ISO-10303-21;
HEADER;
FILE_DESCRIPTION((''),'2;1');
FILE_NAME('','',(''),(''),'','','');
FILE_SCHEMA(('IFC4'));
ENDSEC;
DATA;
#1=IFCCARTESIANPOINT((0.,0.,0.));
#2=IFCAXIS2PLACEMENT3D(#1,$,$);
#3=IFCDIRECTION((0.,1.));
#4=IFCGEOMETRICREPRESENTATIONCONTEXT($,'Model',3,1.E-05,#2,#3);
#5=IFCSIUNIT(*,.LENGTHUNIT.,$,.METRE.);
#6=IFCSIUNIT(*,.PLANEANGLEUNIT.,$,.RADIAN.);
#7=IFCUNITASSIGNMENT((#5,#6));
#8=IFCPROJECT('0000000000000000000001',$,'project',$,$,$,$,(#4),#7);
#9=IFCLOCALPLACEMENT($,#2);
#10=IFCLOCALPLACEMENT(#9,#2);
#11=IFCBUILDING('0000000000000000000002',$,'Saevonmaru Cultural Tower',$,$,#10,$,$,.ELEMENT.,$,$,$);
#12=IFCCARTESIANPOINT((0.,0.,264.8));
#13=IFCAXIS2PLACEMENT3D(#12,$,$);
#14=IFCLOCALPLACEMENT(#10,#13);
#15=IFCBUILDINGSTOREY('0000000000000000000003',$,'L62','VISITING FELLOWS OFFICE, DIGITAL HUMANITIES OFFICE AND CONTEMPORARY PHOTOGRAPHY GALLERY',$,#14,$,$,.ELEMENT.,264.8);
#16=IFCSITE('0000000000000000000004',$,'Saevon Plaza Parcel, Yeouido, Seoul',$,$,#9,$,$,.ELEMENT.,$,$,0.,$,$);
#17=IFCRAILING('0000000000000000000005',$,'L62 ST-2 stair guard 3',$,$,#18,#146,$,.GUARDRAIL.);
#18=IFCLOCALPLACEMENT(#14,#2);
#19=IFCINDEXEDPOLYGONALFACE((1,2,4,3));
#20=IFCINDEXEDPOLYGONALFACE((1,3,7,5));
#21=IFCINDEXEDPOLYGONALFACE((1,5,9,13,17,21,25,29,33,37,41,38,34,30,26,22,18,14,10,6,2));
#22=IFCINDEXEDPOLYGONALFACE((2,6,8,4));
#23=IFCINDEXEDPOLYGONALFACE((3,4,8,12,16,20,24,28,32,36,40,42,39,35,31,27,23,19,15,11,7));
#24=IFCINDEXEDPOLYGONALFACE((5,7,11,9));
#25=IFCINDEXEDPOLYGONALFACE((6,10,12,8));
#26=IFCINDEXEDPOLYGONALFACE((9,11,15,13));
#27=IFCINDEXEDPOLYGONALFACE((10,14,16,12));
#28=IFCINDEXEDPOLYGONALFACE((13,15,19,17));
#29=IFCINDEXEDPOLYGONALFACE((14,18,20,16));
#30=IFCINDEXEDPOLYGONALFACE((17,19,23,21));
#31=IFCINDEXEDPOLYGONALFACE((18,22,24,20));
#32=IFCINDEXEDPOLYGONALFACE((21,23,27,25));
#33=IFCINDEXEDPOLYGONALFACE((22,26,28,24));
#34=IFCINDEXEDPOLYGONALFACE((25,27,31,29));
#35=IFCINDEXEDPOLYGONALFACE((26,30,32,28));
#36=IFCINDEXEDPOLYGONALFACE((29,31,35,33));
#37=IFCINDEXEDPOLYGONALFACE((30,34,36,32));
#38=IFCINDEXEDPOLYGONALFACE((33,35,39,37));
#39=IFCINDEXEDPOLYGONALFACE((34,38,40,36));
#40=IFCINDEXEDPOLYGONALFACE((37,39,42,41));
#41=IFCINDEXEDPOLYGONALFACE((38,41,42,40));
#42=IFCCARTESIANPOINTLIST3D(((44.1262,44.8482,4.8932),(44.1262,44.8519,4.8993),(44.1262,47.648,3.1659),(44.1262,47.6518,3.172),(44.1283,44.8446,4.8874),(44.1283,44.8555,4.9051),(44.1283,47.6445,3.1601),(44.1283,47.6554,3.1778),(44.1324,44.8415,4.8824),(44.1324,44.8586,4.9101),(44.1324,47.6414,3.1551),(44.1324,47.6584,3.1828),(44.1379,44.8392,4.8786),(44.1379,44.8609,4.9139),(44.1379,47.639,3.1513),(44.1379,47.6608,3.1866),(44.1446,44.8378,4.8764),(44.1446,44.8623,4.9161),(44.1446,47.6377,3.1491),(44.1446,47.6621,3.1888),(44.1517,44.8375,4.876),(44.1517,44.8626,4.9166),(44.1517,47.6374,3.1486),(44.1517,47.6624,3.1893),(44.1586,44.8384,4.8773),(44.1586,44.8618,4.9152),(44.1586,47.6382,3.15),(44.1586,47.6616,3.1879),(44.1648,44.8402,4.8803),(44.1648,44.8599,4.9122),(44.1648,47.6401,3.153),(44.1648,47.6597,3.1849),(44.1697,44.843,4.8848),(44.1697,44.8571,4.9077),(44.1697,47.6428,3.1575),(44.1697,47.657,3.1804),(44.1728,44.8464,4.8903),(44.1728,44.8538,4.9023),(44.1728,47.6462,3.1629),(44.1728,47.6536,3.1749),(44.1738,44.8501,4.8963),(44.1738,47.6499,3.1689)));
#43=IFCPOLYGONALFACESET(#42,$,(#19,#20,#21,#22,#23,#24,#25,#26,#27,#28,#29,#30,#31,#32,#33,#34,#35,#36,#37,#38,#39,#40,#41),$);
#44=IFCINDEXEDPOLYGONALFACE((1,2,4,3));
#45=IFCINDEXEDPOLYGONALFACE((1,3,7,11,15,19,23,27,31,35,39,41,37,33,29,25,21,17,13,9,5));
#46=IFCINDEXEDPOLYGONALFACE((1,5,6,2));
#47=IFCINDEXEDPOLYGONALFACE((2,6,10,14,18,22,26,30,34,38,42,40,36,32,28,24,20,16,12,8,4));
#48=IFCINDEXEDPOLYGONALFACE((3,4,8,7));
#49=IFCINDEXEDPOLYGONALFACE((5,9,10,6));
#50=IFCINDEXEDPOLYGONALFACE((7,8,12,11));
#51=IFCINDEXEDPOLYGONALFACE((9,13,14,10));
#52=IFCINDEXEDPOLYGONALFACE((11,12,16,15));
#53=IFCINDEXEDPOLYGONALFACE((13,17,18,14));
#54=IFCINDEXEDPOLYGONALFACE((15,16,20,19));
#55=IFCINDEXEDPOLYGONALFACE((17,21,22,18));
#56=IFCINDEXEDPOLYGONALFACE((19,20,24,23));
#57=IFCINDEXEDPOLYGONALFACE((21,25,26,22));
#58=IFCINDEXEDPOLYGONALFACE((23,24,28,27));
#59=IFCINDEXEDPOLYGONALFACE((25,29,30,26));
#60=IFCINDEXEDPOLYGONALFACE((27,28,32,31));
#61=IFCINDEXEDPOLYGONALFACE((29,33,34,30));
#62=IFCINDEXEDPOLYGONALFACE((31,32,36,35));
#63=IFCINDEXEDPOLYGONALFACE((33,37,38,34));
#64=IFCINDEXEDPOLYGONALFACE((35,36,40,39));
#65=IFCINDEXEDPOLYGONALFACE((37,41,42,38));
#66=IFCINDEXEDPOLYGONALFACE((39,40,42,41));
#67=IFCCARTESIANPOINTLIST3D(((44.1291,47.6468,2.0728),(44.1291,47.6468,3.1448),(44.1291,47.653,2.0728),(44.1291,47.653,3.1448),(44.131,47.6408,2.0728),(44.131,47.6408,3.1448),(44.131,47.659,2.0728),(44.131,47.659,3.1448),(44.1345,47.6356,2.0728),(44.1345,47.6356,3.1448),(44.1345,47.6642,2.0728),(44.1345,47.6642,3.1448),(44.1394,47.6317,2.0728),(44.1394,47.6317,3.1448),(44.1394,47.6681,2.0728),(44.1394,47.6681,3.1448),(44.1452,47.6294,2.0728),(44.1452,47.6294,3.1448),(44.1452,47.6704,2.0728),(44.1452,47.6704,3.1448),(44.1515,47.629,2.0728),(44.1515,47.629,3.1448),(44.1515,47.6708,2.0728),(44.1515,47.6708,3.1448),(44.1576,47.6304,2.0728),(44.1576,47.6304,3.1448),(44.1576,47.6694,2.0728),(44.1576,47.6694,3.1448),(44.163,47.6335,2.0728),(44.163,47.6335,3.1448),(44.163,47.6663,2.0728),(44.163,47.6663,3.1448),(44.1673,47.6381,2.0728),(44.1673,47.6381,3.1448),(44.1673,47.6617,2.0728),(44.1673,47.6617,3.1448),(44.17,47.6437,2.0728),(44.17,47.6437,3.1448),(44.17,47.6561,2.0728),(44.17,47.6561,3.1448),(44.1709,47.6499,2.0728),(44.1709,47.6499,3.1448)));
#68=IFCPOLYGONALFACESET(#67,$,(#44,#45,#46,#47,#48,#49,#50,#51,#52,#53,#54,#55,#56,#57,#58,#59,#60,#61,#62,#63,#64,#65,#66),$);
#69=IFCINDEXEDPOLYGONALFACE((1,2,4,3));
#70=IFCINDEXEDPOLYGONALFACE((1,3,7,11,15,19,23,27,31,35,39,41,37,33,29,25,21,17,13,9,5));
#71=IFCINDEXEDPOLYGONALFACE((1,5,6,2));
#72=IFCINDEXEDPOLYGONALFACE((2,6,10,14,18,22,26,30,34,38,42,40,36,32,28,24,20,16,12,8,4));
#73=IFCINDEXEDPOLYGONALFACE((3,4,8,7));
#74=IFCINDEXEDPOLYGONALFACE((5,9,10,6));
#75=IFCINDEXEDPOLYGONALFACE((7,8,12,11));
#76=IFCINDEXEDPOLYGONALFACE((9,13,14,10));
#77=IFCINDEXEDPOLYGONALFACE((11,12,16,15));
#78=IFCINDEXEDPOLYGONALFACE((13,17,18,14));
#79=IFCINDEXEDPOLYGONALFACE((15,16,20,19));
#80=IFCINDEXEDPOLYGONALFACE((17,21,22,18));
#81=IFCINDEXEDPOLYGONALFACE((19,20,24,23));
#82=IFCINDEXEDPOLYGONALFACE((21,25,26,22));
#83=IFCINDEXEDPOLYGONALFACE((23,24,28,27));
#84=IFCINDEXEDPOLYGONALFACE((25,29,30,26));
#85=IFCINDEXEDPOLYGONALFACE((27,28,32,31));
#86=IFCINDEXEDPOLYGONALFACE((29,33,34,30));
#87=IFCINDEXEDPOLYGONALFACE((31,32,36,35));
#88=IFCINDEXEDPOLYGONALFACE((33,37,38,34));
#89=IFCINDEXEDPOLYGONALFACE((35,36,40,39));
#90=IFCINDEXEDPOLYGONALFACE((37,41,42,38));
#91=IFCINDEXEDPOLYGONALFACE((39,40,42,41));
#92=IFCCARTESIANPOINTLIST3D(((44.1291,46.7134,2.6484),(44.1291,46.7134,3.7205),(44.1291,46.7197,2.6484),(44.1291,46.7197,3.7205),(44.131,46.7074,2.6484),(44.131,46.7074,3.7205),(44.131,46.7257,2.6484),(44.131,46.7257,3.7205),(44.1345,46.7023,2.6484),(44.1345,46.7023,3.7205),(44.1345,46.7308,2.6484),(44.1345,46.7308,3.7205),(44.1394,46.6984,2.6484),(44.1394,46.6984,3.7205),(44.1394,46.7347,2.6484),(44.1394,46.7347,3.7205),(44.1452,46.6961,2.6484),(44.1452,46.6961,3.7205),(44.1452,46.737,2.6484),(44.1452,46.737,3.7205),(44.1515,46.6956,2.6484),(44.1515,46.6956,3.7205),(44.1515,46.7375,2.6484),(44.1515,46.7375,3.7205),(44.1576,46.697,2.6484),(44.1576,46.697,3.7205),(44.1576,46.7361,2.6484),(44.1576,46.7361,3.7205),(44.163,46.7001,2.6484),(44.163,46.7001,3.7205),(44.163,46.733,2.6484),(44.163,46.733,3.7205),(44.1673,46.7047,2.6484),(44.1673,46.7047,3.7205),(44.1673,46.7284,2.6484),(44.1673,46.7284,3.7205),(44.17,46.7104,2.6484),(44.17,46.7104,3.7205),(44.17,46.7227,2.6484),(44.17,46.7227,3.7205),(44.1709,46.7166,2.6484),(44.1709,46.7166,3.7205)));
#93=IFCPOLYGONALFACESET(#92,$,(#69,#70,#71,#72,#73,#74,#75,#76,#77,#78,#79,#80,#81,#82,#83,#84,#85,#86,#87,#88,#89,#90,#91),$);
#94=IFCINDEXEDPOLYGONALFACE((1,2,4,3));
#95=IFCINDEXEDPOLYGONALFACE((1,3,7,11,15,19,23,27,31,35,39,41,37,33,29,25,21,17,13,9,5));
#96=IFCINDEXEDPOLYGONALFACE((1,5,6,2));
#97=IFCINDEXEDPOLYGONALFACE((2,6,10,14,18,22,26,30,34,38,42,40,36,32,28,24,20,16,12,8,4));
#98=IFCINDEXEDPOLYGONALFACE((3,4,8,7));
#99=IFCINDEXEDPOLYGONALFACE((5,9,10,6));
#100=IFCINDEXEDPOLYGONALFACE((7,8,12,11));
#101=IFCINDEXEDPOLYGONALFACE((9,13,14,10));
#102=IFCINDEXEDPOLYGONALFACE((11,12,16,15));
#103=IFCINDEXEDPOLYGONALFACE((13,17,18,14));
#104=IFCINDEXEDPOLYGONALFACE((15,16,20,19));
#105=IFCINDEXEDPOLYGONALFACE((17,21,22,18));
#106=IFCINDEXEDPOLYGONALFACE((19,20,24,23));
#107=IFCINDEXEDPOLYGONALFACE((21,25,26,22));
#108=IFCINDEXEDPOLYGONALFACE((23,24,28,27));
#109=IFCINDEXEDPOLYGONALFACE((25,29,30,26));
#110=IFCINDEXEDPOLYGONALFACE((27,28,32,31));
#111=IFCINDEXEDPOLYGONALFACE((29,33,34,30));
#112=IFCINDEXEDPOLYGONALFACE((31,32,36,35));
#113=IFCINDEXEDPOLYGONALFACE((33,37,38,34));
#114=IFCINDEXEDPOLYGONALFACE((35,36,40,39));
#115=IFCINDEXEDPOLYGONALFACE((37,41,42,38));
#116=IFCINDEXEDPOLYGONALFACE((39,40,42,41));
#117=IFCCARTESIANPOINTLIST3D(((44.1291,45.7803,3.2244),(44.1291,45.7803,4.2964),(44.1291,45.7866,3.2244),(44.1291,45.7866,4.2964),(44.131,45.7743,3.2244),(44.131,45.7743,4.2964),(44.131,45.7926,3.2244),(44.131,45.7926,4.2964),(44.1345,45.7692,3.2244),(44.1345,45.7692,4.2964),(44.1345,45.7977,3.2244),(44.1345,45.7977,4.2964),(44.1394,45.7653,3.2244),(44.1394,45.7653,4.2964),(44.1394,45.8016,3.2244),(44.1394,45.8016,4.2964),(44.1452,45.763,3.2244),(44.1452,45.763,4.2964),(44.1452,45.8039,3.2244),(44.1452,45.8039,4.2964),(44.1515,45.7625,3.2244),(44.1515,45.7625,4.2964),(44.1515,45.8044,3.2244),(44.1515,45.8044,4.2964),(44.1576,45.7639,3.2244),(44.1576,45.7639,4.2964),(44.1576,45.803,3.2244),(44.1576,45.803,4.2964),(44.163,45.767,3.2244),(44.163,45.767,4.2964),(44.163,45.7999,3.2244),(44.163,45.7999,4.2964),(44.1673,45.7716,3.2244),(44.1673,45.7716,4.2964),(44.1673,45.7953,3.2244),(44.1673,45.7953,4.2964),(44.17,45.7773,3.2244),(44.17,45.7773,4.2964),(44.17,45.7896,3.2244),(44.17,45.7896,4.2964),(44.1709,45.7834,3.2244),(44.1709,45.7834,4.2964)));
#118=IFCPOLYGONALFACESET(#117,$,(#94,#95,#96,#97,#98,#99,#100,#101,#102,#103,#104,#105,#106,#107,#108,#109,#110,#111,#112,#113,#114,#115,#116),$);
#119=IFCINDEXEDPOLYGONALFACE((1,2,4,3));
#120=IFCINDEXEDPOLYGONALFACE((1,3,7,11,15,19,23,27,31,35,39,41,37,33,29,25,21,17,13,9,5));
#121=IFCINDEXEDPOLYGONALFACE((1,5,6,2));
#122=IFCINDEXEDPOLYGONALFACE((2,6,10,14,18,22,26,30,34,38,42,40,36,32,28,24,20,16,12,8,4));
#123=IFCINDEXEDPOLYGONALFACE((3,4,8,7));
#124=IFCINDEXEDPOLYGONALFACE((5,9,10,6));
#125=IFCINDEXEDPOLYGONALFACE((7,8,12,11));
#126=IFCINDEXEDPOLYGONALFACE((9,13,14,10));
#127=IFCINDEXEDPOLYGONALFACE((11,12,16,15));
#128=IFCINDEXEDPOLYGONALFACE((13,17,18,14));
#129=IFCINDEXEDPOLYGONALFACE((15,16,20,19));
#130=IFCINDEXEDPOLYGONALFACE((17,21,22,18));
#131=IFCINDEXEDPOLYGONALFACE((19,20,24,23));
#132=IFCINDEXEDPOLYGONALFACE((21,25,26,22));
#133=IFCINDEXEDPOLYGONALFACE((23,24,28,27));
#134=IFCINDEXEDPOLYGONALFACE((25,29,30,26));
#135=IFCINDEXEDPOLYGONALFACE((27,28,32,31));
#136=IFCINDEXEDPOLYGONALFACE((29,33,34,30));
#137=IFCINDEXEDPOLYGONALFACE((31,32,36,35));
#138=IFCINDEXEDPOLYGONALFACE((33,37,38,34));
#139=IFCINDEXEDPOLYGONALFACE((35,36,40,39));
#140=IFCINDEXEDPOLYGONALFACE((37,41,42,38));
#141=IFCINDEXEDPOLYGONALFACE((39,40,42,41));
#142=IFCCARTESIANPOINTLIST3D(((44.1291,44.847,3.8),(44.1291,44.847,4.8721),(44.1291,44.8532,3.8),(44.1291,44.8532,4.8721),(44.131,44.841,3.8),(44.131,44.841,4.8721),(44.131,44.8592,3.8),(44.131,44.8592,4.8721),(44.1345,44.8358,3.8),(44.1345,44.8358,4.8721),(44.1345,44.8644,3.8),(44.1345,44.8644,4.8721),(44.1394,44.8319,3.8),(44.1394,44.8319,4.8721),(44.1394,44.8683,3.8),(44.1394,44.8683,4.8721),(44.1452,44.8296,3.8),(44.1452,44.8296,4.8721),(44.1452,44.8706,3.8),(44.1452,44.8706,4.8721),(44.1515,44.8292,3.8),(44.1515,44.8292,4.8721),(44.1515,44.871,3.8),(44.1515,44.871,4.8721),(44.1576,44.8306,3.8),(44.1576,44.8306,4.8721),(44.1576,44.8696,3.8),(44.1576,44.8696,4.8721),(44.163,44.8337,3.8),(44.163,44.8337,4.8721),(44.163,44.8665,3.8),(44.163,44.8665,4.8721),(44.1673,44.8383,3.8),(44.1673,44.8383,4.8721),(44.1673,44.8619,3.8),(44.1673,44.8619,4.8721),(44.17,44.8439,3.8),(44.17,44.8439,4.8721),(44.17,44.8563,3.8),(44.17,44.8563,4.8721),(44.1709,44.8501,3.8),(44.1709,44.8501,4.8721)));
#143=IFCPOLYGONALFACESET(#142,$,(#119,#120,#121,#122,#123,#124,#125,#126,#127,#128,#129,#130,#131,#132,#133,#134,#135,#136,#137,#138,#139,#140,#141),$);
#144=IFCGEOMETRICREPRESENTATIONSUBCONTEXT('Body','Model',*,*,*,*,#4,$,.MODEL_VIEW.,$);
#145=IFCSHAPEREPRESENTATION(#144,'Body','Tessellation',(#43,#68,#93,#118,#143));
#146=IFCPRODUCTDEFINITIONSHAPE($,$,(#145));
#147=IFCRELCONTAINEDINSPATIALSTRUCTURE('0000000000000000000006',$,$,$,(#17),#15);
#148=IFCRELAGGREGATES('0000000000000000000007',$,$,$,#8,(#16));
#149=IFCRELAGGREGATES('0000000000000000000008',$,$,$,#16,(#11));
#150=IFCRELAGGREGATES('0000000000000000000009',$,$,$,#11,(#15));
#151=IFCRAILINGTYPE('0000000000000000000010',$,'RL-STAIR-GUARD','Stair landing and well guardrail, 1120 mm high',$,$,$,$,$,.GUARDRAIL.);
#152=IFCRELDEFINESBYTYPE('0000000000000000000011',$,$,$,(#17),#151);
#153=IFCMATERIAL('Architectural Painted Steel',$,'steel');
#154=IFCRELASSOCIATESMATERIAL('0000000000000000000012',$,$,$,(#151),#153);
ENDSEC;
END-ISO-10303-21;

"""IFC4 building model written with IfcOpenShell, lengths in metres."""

from ifc_helpers import new_model, si_unit, direction, frame, origin, origin_2d, place, context, subcontext, project, spatial, circle, extrude, material, type_object, element, save


model = new_model("IFC4")

# Units and contexts
model_context = context("Model", 3, precision=1e-05, world=origin(), true_north=direction((0.0, 1.0)))
body_context = subcontext(model_context, "Body", "Model", "MODEL_VIEW")
ifc_project = project(units=[si_unit("LENGTHUNIT", "METRE"), si_unit("PLANEANGLEUNIT", "RADIAN")], contexts=[model_context])

# Site, building, storey
site_placement = place(None, origin())
site = spatial("IfcSite", under=ifc_project, at=site_placement, Name="Saevon Plaza Parcel, Yeouido, Seoul", CompositionType="ELEMENT", RefElevation=0.0)
building_placement = place(site_placement, origin())
building = spatial("IfcBuilding", under=site, at=building_placement, Name="Saevonmaru Cultural Tower", CompositionType="ELEMENT")
storey_placement = place(building_placement, frame((0.0, 0.0, 264.8)))
storey = spatial("IfcBuildingStorey", under=building, at=storey_placement, Name="L62", Description="VISITING FELLOWS OFFICE, DIGITAL HUMANITIES OFFICE AND CONTEMPORARY PHOTOGRAPHY GALLERY", CompositionType="ELEMENT", Elevation=264.8)

# Railing
ifc_material_1 = material(Name="Architectural Painted Steel", Category="steel")
railing_type_1 = type_object("IfcRailingType", Name="RL-STAIR-GUARD", Description="Stair landing and well guardrail, 1120 mm high", PredefinedType="GUARDRAIL", material=ifc_material_1)
railing_1_placement = place(storey_placement, frame((44.1499, 47.6499, 2.0728)))
element("IfcRailing", 1, at=railing_1_placement, inside=storey, type_object=railing_type_1, Name="L62 ST-2 stair guard 3", PredefinedType="GUARDRAIL", context=body_context, shape_type="SweptSolid", body=[
    extrude(circle(Radius=0.0239, at=origin_2d()), frame((0.0, 0.0, 1.0962), z_axis=(0.0, -0.851069, 0.525054), x_axis=(1.0, 0.0, 0.0)), (0.0, 0.0, 1.0), 3.2898),
    extrude(circle(Radius=0.021, at=origin_2d()), origin(), (0.0, 0.0, 1.0), 1.072),
    extrude(circle(Radius=0.021, at=origin_2d()), frame((0.0, -0.9333, 0.5757)), (0.0, 0.0, 1.0), 1.072),
    extrude(circle(Radius=0.021, at=origin_2d()), frame((0.0, -1.8665, 1.1516)), (0.0, 0.0, 1.0), 1.072),
    extrude(circle(Radius=0.021, at=origin_2d()), frame((0.0, -2.7998, 1.7273)), (0.0, 0.0, 1.0), 1.072),
])

save(model, "model.ifc")
